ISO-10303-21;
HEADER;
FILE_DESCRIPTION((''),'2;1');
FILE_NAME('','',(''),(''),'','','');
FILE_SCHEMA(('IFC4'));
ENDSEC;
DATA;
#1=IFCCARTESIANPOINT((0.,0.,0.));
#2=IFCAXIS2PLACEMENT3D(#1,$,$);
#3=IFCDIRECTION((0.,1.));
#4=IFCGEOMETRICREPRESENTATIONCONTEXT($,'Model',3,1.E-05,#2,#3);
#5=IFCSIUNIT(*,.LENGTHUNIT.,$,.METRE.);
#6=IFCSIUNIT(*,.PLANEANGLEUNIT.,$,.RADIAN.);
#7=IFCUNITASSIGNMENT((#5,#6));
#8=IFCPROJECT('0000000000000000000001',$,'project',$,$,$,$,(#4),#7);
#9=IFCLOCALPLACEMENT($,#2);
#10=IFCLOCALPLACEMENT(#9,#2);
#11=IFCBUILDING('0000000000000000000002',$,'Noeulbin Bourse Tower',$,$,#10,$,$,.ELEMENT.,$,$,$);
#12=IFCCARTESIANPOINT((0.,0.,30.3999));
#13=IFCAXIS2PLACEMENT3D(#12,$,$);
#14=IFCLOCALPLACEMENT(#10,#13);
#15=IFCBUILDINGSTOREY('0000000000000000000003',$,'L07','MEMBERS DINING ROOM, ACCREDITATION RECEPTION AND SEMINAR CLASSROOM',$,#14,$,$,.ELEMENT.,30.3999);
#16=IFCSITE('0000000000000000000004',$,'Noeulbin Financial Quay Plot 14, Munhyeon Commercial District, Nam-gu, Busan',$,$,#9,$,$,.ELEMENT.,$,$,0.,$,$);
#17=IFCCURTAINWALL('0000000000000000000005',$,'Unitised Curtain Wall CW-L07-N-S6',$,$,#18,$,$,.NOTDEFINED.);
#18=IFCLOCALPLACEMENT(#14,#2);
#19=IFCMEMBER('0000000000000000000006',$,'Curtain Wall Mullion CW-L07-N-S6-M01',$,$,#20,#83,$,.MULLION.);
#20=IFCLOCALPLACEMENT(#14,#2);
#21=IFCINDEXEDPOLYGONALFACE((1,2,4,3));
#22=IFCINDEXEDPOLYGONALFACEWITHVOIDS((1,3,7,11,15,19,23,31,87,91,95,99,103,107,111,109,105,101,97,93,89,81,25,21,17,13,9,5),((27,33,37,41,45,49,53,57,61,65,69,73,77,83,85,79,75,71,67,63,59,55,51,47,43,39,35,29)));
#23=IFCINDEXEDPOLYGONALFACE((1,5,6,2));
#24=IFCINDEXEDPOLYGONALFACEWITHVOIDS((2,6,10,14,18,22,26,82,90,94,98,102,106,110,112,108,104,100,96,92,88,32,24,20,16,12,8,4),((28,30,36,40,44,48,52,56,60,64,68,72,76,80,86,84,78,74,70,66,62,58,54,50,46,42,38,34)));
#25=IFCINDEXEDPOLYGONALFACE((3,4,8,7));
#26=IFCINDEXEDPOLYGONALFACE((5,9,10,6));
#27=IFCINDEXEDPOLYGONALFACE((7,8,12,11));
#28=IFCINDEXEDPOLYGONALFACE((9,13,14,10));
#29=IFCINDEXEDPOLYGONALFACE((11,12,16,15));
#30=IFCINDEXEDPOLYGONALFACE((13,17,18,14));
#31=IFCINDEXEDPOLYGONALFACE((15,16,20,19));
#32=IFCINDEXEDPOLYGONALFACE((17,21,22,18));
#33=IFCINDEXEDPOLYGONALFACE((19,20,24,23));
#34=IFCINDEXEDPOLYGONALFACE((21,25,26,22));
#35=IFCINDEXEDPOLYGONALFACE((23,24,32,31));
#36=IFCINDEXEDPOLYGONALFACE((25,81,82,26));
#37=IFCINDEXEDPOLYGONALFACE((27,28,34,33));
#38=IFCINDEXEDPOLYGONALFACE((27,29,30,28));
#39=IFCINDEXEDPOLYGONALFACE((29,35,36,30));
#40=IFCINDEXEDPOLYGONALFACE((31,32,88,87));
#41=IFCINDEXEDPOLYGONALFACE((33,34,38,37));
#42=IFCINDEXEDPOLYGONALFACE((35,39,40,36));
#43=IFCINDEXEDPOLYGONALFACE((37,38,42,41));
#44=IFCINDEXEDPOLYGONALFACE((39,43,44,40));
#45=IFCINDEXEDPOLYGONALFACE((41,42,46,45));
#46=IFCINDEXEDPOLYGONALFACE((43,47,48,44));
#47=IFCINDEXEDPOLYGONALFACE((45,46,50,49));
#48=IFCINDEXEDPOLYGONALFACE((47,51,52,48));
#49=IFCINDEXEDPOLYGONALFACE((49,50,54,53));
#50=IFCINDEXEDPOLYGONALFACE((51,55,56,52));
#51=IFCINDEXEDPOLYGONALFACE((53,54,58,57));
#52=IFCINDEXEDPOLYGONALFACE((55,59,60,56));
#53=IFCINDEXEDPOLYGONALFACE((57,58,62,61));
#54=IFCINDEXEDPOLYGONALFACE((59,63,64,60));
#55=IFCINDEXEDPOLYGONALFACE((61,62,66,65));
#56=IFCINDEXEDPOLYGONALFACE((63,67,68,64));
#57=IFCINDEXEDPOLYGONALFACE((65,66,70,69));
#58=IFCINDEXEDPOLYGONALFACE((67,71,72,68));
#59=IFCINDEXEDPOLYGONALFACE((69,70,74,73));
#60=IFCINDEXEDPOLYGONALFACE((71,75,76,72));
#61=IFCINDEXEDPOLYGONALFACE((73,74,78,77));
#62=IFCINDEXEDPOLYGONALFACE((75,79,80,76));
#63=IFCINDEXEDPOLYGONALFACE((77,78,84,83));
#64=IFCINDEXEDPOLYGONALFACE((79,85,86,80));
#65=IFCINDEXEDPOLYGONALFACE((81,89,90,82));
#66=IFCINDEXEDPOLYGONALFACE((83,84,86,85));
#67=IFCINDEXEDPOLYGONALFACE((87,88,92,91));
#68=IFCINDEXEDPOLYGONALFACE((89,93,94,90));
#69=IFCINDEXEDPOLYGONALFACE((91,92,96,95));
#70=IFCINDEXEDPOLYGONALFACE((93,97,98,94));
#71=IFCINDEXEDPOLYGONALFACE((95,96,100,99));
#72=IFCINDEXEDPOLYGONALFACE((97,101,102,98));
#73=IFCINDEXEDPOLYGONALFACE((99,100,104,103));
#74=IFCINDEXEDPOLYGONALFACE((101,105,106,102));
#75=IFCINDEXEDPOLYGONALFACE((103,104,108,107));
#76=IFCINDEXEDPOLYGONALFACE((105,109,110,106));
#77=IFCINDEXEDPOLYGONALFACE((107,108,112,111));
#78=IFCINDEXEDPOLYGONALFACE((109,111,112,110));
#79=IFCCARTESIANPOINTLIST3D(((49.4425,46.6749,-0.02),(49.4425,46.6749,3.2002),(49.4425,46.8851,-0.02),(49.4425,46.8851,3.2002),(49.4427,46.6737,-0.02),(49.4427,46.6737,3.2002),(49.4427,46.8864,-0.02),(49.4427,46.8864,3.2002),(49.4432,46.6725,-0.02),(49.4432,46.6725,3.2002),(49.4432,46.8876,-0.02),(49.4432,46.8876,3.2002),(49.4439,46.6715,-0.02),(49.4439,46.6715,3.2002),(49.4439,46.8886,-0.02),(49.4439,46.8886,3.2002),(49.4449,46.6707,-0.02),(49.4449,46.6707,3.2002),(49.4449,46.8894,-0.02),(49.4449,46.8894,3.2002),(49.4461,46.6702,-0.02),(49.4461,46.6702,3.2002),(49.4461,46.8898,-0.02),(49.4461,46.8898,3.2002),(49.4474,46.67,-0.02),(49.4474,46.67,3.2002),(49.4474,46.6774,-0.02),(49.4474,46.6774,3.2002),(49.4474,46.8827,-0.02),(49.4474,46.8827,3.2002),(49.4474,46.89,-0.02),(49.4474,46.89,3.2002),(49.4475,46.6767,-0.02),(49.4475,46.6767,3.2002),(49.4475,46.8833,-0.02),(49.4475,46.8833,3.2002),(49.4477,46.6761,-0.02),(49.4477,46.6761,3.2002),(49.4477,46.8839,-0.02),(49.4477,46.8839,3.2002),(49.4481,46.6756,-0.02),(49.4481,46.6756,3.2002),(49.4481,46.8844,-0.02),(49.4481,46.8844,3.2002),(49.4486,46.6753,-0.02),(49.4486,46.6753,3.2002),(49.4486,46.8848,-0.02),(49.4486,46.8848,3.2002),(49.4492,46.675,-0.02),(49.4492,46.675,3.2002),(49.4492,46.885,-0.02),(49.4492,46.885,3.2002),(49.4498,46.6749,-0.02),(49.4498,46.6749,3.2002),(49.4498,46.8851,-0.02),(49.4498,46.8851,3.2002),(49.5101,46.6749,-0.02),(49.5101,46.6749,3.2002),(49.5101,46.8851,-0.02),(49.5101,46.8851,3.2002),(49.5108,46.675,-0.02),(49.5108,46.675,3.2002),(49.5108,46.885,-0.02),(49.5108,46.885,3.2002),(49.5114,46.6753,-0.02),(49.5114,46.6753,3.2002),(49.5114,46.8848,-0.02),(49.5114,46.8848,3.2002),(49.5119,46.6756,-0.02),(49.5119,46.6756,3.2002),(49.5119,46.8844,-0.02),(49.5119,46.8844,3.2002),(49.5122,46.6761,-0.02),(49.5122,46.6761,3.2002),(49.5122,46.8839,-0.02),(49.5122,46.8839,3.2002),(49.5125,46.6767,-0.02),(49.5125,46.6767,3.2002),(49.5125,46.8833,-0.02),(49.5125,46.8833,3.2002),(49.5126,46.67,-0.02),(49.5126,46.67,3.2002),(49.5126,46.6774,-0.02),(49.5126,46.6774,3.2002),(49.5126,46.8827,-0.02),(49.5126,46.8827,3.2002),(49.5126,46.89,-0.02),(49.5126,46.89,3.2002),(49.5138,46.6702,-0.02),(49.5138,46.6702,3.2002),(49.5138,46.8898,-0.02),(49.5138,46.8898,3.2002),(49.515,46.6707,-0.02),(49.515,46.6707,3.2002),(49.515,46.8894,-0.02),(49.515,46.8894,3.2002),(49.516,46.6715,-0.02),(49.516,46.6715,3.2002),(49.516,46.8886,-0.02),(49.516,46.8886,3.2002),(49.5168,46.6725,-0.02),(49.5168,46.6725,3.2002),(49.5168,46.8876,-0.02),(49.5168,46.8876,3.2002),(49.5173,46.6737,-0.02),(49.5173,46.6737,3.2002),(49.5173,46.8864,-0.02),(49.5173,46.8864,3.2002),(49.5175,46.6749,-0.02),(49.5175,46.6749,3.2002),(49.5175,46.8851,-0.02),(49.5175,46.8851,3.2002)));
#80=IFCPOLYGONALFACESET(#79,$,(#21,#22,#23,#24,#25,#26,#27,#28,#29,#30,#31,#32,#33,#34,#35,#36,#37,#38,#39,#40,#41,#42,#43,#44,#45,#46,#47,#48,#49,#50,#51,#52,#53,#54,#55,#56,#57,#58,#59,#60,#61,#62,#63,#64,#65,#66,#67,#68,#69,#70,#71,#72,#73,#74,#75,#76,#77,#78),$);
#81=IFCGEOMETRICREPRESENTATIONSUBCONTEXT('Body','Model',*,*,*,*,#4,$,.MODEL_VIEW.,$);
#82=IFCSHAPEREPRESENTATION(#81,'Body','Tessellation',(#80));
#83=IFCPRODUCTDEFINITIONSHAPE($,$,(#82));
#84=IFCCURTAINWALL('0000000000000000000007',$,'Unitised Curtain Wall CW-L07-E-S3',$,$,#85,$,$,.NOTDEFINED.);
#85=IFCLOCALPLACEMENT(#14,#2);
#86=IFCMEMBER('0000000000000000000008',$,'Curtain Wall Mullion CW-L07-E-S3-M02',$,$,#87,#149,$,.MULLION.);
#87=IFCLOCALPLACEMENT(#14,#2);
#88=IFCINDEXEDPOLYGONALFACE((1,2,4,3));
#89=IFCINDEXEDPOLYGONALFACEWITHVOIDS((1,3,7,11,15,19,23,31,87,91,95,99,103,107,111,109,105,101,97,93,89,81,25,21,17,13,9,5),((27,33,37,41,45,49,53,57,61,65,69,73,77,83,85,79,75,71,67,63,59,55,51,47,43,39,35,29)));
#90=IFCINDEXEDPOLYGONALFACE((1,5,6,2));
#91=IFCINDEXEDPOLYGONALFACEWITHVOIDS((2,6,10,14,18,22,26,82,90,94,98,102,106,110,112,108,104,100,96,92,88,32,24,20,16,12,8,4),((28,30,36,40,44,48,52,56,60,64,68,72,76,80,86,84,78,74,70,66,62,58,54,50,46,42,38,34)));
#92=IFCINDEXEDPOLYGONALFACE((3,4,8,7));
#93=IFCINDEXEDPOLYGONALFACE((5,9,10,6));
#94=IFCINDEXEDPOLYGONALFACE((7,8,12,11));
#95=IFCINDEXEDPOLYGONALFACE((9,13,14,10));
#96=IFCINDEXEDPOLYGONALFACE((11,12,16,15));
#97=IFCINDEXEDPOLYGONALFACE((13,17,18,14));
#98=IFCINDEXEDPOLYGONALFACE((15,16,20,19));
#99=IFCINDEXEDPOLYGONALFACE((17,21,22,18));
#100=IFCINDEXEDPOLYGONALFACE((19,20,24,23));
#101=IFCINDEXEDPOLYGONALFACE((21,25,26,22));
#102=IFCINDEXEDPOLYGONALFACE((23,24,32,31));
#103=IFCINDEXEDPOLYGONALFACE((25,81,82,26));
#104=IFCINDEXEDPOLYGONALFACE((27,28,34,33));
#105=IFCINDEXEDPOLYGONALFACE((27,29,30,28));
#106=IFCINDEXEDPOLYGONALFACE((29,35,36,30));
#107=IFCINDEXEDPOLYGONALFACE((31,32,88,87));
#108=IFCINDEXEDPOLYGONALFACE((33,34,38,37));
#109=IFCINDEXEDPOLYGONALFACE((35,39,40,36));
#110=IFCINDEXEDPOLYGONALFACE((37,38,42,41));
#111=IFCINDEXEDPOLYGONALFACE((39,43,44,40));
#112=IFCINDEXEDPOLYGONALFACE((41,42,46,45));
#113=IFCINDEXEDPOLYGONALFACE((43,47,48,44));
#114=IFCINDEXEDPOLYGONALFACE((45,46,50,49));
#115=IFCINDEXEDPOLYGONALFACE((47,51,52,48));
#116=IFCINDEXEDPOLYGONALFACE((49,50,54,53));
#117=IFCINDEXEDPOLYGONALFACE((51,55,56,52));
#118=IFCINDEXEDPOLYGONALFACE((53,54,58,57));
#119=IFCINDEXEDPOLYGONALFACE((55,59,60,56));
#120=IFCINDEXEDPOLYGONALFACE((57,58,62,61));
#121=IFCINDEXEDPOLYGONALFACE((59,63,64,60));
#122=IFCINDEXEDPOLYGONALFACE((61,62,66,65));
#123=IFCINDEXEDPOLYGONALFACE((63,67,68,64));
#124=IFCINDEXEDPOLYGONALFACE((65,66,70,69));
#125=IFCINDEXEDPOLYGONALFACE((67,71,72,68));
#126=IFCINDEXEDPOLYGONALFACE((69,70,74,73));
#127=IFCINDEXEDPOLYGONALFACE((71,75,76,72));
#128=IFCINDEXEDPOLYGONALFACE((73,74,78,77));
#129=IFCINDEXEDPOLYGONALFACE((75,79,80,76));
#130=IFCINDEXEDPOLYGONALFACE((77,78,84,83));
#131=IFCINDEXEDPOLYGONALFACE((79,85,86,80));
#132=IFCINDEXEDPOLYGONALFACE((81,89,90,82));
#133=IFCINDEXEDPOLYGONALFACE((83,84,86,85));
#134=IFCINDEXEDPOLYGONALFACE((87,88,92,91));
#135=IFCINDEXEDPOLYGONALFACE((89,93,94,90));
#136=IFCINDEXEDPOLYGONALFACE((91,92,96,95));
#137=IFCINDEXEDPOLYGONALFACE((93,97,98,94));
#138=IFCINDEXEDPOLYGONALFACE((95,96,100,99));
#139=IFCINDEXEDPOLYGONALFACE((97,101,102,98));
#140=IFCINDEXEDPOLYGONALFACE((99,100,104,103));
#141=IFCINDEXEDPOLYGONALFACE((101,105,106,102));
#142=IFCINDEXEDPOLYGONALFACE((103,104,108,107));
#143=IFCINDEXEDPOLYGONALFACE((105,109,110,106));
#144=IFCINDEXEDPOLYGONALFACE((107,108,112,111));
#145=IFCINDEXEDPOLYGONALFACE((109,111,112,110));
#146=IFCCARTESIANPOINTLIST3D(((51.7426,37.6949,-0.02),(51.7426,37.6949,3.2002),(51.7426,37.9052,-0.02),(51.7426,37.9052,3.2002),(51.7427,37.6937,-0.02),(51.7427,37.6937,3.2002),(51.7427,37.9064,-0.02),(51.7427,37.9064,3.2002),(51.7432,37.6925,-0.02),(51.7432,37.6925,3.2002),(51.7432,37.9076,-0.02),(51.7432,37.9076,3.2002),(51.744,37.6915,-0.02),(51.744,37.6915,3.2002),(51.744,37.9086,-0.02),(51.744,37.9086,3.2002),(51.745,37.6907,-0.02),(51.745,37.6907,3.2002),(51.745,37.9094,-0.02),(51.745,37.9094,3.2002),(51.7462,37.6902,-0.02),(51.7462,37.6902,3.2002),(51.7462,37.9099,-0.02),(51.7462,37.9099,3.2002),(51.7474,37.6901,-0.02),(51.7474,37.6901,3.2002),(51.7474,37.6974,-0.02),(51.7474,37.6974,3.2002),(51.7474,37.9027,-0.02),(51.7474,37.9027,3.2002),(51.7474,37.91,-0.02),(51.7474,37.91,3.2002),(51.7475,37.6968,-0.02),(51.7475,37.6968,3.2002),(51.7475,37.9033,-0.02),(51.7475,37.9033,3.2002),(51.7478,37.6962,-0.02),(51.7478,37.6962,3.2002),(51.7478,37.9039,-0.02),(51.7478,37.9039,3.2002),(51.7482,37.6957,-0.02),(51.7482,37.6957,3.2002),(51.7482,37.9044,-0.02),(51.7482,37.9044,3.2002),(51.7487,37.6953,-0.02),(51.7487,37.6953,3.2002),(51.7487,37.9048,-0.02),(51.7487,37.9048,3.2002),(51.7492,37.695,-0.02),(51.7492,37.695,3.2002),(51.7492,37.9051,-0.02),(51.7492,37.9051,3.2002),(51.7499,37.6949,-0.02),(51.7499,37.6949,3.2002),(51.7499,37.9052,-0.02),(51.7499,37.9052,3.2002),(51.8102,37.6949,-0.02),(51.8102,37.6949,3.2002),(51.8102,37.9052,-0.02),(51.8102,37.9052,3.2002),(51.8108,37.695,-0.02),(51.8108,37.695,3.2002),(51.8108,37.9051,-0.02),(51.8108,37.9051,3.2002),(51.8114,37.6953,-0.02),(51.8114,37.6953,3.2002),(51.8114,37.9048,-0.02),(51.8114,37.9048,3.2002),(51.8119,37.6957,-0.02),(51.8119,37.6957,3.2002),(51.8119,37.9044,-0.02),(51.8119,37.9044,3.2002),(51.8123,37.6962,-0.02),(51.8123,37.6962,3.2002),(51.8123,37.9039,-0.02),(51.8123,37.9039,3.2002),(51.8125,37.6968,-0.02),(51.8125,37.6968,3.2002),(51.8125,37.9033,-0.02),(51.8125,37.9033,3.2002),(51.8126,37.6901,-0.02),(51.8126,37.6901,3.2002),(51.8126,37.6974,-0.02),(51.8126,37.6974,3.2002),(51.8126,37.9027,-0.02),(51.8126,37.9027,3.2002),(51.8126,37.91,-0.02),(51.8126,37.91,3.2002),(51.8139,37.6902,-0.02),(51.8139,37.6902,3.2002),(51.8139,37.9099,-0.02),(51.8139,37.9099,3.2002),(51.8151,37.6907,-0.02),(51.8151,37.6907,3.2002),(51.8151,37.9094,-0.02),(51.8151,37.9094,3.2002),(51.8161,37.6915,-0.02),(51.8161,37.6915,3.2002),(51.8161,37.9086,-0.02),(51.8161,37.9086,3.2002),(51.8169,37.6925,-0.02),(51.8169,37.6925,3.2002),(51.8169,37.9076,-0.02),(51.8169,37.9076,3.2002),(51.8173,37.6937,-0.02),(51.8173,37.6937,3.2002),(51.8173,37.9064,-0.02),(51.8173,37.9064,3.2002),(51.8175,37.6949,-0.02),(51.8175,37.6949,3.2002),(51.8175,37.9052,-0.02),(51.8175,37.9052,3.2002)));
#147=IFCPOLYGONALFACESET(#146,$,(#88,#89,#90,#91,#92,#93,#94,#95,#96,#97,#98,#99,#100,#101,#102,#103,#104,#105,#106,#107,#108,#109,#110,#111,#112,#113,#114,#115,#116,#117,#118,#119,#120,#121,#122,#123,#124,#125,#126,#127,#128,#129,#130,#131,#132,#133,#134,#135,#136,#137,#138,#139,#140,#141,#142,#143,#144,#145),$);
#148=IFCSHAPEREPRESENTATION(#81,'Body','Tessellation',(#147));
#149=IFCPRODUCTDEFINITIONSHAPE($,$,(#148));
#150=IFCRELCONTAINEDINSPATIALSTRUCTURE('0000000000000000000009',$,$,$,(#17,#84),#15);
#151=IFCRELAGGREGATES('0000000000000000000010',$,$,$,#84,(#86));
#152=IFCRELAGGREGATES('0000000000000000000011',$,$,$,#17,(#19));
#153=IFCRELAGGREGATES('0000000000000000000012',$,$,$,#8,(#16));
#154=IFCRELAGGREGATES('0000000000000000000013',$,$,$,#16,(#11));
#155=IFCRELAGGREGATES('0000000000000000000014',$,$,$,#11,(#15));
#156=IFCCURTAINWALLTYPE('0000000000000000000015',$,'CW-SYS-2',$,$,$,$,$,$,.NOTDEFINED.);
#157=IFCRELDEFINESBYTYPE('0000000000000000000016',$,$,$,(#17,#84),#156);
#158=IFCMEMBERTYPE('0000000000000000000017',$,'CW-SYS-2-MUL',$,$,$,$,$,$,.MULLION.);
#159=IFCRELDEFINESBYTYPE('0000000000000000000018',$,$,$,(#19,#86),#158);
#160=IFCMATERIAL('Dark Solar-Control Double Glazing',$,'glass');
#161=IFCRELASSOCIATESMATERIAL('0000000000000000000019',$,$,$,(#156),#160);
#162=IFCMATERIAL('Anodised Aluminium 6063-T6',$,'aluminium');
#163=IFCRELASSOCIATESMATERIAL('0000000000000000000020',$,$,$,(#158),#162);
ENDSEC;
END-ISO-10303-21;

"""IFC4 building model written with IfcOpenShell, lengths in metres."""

from ifc_helpers import new_model, si_unit, direction, frame, origin, origin_2d, place, context, subcontext, project, spatial, hollow_rectangle, extrude, material, material_profile, profile_set, type_object, element, aggregate, save


model = new_model("IFC4")

# Units and contexts
model_context = context("Model", 3, precision=1e-05, world=origin(), true_north=direction((0.0, 1.0)))
body_context = subcontext(model_context, "Body", "Model", "MODEL_VIEW")
ifc_project = project(units=[si_unit("LENGTHUNIT", "METRE"), si_unit("PLANEANGLEUNIT", "RADIAN")], contexts=[model_context])

# Site, building, storey
site_placement = place(None, origin())
site = spatial("IfcSite", under=ifc_project, at=site_placement, Name="Noeulbin Financial Quay Plot 14, Munhyeon Commercial District, Nam-gu, Busan", CompositionType="ELEMENT", RefElevation=0.0)
building_placement = place(site_placement, origin())
building = spatial("IfcBuilding", under=site, at=building_placement, Name="Noeulbin Bourse Tower", CompositionType="ELEMENT")
storey_placement = place(building_placement, frame((0.0, 0.0, 30.3999)))
storey = spatial("IfcBuildingStorey", under=building, at=storey_placement, Name="L07", Description="MEMBERS DINING ROOM, ACCREDITATION RECEPTION AND SEMINAR CLASSROOM", CompositionType="ELEMENT", Elevation=30.3999)

# Shared definitions
ifc_material_1 = material(Name="Dark Solar-Control Double Glazing", Category="glass")
curtain_wall_type = type_object("IfcCurtainWallType", Name="CW-SYS-2", PredefinedType="NOTDEFINED", material=ifc_material_1)
ifc_material_2 = material(Name="Anodised Aluminium 6063-T6", Category="aluminium")
ifc_material_profile_1 = material_profile(ifc_material_2, hollow_rectangle(XDim=0.075, YDim=0.22, WallThickness=0.0049, InnerFilletRadius=0.0024, OuterFilletRadius=0.0049, at=origin_2d()), Name="ALU-MULL-75x220x5", Category="LoadBearing")
ifc_profile_set_1 = profile_set([ifc_material_profile_1], Name="Anodised Aluminium 6063-T6")
member_type_1 = type_object("IfcMemberType", Name="CW-SYS-2-MUL", PredefinedType="MULLION", material=ifc_profile_set_1)

# Curtain wall, member
curtain_wall_1_placement = place(storey_placement, origin())
curtain_wall_1 = element("IfcCurtainWall", 1, at=curtain_wall_1_placement, inside=storey, type_object=curtain_wall_type, Name="Unitised Curtain Wall CW-L07-N-S6", PredefinedType="NOTDEFINED")
member_1_placement = place(storey_placement, frame((49.48, 46.78, -0.02), z_axis=(0.0, 0.0, 1.0), x_axis=(1.0, 0.0, 0.0)))
member_1 = element("IfcMember", 2, at=member_1_placement, type_object=member_type_1, Name="Curtain Wall Mullion CW-L07-N-S6-M01", PredefinedType="MULLION", context=body_context, shape_type="SweptSolid", body=[
    extrude(hollow_rectangle(XDim=0.075, YDim=0.22, WallThickness=0.0049, InnerFilletRadius=0.0024, OuterFilletRadius=0.0049, at=origin_2d()), origin(), (0.0, 0.0, 1.0), 3.2202),
])

# Curtain wall, member
curtain_wall_2_placement = place(storey_placement, origin())
curtain_wall_2 = element("IfcCurtainWall", 3, at=curtain_wall_2_placement, inside=storey, type_object=curtain_wall_type, Name="Unitised Curtain Wall CW-L07-E-S3", PredefinedType="NOTDEFINED")
member_2_placement = place(storey_placement, frame((51.78, 37.8, -0.02), z_axis=(0.0, 0.0, 1.0), x_axis=(1.0, 0.0, 0.0)))
member_2 = element("IfcMember", 4, at=member_2_placement, type_object=member_type_1, Name="Curtain Wall Mullion CW-L07-E-S3-M02", PredefinedType="MULLION", context=body_context, shape_type="SweptSolid", body=[
    extrude(hollow_rectangle(XDim=0.075, YDim=0.22, WallThickness=0.0049, InnerFilletRadius=0.0024, OuterFilletRadius=0.0049, at=origin_2d()), origin(), (0.0, 0.0, 1.0), 3.2202),
])
aggregate(curtain_wall_2, [member_2])

aggregate(curtain_wall_1, [member_1])

save(model, "model.ifc")
